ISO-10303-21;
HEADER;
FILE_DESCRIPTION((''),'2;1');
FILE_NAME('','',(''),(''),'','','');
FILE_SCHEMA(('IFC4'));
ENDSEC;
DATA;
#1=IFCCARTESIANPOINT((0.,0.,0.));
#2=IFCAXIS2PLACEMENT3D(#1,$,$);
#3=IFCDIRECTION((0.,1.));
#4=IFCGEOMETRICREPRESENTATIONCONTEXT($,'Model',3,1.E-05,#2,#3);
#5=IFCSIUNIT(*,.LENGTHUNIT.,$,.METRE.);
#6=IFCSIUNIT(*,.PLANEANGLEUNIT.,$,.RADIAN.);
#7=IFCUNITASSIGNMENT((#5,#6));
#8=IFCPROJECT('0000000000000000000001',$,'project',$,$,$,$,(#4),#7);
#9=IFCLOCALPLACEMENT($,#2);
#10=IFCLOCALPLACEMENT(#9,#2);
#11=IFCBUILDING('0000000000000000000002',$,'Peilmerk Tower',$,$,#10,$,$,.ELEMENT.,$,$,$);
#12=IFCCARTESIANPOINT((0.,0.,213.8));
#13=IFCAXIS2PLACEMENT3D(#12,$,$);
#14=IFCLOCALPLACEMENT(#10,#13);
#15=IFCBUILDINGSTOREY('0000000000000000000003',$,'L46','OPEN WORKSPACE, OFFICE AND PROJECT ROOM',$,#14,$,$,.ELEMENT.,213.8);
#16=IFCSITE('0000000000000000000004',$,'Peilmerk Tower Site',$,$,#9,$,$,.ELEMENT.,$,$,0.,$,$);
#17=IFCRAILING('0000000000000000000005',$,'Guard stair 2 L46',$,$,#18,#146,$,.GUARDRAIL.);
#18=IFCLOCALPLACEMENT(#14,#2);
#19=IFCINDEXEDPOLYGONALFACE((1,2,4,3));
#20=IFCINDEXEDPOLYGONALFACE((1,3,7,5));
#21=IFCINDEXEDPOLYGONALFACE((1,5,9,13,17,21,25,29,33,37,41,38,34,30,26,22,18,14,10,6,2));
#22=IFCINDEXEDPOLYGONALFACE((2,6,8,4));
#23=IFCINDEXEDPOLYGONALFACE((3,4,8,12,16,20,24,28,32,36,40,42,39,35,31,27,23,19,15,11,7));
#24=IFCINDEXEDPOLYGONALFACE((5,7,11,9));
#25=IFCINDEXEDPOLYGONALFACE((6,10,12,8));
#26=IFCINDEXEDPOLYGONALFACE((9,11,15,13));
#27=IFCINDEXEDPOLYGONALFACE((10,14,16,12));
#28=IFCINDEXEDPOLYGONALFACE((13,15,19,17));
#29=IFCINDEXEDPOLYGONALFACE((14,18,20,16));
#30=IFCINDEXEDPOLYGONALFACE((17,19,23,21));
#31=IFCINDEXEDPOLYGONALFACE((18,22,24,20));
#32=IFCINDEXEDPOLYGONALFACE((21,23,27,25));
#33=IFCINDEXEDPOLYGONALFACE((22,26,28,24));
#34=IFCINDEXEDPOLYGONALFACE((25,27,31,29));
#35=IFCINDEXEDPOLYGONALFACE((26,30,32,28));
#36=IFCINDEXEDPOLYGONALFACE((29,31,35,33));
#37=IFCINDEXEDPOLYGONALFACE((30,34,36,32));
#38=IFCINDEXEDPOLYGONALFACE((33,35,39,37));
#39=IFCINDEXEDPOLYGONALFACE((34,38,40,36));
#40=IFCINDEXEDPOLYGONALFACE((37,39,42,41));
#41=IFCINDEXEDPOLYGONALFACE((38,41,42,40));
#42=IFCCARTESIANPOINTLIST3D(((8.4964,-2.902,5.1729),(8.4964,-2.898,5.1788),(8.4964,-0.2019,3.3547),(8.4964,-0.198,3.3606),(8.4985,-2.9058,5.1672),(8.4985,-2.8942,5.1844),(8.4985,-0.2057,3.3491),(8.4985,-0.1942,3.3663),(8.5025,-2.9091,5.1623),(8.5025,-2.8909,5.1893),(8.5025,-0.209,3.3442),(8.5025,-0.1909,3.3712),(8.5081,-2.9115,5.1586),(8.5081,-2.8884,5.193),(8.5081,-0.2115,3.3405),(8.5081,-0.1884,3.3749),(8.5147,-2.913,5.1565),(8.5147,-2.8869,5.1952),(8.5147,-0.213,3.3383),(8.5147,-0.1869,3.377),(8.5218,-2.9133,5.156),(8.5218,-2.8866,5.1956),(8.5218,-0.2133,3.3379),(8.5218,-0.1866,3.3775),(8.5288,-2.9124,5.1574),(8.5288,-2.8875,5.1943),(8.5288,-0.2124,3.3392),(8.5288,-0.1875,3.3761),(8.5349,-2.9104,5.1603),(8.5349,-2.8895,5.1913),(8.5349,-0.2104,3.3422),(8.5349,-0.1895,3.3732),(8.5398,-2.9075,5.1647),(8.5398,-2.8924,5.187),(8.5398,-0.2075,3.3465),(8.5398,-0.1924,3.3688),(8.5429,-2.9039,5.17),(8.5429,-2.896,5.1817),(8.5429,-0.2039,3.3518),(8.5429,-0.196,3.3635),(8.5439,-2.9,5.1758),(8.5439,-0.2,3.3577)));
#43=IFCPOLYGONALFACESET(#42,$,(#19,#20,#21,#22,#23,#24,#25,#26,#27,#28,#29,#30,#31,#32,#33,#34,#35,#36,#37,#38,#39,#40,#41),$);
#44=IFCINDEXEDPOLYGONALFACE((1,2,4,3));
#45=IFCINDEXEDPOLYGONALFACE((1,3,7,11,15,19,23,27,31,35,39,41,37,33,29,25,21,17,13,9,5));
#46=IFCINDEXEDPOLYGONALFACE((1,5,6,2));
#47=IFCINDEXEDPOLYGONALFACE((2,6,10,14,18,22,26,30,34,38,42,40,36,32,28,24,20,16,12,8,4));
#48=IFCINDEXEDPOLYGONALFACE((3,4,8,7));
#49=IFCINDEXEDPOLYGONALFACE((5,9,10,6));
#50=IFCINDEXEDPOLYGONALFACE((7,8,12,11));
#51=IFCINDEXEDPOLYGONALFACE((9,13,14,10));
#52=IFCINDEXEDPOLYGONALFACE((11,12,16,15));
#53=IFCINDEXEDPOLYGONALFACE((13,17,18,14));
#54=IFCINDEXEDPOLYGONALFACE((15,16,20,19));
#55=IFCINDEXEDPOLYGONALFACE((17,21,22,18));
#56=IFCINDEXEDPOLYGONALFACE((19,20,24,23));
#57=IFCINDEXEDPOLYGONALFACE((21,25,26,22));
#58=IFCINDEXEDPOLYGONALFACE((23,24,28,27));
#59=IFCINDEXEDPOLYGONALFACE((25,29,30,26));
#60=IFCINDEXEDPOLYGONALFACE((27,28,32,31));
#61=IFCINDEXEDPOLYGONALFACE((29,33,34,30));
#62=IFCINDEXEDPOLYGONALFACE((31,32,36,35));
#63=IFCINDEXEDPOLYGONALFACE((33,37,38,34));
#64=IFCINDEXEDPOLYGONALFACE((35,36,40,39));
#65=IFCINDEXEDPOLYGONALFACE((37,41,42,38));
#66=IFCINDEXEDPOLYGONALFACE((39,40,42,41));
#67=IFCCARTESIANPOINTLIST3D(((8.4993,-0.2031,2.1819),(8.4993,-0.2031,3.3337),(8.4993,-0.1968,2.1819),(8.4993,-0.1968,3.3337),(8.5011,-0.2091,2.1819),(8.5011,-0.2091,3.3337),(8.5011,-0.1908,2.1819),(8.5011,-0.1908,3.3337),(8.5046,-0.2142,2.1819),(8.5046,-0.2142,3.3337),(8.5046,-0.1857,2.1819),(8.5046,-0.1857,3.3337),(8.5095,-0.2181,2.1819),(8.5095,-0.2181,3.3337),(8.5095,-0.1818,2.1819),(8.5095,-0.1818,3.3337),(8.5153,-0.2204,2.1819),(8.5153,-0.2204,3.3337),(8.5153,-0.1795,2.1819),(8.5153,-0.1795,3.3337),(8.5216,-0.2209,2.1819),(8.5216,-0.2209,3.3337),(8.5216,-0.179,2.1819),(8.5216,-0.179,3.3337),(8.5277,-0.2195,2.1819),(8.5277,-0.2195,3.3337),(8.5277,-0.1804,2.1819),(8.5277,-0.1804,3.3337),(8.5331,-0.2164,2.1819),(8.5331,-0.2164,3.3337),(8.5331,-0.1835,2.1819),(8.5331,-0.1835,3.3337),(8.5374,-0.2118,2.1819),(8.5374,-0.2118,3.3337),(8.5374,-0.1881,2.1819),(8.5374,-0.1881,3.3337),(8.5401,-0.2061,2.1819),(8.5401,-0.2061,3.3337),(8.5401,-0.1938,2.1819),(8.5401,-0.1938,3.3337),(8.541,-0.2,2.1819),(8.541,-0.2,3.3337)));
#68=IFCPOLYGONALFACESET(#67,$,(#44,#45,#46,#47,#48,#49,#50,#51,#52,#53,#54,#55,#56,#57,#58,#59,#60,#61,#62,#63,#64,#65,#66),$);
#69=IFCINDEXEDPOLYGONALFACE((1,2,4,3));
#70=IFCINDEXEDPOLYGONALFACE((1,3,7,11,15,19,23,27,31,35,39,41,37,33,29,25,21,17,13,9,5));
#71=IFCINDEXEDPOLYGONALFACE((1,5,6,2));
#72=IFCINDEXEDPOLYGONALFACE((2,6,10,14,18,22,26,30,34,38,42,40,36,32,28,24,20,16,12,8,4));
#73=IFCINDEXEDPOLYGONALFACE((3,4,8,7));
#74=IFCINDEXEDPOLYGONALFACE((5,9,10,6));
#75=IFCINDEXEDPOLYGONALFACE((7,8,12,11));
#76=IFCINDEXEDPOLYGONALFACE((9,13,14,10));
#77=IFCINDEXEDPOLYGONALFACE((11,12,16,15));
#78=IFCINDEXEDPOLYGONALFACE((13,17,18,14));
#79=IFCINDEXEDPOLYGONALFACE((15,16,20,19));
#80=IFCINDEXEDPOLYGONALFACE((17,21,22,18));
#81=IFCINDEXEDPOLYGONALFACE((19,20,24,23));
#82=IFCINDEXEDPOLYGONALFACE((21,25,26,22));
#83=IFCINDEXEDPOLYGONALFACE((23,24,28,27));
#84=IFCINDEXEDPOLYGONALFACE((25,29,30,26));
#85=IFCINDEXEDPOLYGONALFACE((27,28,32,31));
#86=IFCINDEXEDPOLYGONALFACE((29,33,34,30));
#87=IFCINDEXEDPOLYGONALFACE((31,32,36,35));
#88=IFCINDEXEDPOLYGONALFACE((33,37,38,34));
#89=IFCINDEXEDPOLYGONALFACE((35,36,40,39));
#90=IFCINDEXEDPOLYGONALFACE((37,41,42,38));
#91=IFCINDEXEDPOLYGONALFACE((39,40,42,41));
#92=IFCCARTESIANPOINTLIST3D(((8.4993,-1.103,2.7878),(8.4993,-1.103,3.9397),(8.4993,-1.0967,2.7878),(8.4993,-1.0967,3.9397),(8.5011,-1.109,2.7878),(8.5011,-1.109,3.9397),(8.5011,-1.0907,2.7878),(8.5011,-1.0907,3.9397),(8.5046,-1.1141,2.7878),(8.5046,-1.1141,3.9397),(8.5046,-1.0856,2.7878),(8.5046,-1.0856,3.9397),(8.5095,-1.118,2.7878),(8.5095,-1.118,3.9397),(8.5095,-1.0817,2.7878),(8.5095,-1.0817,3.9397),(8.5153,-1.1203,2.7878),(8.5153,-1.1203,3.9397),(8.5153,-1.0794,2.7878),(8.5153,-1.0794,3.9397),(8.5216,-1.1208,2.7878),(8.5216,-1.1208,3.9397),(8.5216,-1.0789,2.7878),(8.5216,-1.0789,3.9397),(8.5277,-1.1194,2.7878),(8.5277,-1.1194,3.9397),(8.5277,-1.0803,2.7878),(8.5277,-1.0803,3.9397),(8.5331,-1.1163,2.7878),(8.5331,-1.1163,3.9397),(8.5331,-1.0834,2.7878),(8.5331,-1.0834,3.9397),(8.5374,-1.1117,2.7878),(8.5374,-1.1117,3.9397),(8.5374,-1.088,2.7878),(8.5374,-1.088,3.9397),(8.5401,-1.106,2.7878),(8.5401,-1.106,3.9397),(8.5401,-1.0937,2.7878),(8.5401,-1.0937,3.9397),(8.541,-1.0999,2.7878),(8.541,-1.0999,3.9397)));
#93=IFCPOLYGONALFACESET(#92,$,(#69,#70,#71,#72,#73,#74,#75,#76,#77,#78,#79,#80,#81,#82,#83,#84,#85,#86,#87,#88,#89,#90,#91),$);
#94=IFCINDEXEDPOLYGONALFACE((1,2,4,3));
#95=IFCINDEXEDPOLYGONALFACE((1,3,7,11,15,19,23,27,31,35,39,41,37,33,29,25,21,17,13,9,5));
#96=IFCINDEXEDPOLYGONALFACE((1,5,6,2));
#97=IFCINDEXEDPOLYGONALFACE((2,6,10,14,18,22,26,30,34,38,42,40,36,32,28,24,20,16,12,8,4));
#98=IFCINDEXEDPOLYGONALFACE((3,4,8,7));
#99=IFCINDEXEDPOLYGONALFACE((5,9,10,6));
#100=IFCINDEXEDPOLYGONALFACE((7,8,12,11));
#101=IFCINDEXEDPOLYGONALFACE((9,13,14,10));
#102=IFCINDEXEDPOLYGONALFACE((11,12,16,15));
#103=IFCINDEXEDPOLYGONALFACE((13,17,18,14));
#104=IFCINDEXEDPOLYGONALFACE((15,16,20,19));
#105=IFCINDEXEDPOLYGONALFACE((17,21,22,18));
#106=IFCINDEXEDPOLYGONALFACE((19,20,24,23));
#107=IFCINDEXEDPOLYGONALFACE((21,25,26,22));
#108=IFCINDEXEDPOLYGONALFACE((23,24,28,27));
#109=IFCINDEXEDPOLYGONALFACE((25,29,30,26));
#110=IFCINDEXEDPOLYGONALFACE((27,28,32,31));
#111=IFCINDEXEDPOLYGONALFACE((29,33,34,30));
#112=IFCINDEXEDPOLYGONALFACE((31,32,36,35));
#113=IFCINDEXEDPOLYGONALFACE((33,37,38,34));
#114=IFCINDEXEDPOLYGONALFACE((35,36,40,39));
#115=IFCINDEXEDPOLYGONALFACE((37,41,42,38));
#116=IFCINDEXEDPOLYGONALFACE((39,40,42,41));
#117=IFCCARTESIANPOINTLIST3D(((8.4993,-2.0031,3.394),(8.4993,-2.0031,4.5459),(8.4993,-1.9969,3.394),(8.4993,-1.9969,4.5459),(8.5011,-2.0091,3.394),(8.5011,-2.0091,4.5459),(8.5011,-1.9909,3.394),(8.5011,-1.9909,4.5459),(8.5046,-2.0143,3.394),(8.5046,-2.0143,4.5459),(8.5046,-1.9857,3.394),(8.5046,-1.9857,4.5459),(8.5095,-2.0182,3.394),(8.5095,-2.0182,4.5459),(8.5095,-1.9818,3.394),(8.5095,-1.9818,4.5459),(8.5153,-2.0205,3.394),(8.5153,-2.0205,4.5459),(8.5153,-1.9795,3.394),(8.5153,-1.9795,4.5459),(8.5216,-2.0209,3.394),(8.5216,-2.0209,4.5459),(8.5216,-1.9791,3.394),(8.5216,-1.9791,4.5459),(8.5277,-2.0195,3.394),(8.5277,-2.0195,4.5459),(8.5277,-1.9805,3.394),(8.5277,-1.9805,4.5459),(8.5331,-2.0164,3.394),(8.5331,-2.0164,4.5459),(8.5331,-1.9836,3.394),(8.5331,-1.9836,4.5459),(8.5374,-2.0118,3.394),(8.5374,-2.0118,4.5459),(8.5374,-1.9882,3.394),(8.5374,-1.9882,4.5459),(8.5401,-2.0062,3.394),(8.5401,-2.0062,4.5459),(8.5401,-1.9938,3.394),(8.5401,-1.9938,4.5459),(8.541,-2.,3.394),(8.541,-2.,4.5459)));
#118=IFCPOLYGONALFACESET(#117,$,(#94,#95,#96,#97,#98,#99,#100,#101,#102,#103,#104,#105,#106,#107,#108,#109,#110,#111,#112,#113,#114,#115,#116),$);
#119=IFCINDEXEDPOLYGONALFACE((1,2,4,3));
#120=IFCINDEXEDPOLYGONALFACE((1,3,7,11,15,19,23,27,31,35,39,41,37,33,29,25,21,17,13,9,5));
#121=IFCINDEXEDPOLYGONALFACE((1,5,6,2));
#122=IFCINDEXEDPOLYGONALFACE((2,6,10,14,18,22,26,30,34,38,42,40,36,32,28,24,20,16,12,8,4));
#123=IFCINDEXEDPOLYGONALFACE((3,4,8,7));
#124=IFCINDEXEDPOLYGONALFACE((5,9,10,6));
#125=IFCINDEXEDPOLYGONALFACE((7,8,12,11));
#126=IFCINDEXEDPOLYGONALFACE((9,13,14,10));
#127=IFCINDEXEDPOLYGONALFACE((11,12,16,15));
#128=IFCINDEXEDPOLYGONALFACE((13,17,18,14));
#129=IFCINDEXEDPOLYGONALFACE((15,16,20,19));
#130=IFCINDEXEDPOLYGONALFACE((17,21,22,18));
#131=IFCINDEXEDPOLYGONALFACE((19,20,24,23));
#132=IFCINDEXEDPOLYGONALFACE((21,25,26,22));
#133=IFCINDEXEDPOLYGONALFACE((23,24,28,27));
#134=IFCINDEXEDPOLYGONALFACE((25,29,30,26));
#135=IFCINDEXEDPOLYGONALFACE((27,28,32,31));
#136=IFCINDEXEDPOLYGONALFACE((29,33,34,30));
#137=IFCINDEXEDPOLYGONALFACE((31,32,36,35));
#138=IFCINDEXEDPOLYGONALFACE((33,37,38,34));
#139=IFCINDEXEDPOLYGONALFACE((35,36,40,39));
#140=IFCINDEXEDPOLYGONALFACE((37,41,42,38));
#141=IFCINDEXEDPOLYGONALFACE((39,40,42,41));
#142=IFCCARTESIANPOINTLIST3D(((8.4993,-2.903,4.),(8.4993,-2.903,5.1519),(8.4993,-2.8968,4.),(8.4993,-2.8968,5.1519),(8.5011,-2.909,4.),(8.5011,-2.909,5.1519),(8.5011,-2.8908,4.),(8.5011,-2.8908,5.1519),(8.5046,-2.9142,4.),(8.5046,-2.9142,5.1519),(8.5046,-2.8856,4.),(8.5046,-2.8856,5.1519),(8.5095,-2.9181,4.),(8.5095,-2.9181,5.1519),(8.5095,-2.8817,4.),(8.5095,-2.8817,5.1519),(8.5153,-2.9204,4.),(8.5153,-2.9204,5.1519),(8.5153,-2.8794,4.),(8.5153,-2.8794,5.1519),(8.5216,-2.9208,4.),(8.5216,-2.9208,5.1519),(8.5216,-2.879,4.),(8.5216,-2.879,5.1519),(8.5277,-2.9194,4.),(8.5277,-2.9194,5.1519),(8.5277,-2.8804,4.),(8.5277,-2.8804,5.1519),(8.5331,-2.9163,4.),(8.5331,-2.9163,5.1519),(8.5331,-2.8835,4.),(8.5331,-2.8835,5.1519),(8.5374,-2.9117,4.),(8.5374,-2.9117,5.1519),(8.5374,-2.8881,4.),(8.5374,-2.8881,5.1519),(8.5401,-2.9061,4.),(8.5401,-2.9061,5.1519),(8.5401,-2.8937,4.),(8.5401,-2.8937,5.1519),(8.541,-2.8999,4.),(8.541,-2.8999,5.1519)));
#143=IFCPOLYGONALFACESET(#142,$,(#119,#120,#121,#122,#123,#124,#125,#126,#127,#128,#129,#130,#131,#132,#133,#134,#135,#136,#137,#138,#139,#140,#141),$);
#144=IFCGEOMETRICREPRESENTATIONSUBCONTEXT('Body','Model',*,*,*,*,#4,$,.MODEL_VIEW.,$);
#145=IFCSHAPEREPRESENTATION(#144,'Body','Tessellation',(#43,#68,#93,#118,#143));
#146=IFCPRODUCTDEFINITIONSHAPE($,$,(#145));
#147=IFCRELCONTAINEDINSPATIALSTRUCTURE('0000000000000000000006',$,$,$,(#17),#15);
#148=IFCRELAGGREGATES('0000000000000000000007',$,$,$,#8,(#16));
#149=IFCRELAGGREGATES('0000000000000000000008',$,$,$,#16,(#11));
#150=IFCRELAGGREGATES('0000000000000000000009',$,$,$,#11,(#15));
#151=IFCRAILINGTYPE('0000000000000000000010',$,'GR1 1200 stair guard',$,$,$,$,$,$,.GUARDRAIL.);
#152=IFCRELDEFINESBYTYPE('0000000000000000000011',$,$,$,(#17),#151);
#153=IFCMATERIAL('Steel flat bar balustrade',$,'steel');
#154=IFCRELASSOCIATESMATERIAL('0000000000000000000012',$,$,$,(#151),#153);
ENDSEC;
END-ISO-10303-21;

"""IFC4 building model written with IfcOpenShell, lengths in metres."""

from ifc_helpers import new_model, si_unit, direction, frame, origin, origin_2d, place, context, subcontext, project, spatial, circle, extrude, material, type_object, element, save


model = new_model("IFC4")

# Units and contexts
model_context = context("Model", 3, precision=1e-05, world=origin(), true_north=direction((0.0, 1.0)))
body_context = subcontext(model_context, "Body", "Model", "MODEL_VIEW")
ifc_project = project(units=[si_unit("LENGTHUNIT", "METRE"), si_unit("PLANEANGLEUNIT", "RADIAN")], contexts=[model_context])

# Site, building, storey
site_placement = place(None, origin())
site = spatial("IfcSite", under=ifc_project, at=site_placement, Name="Peilmerk Tower Site", CompositionType="ELEMENT", RefElevation=0.0)
building_placement = place(site_placement, origin())
building = spatial("IfcBuilding", under=site, at=building_placement, Name="Peilmerk Tower", CompositionType="ELEMENT")
storey_placement = place(building_placement, frame((0.0, 0.0, 213.8)))
storey = spatial("IfcBuildingStorey", under=building, at=storey_placement, Name="L46", Description="OPEN WORKSPACE, OFFICE AND PROJECT ROOM", CompositionType="ELEMENT", Elevation=213.8)

# Railing
ifc_material_1 = material(Name="Steel flat bar balustrade", Category="steel")
railing_type_1 = type_object("IfcRailingType", Name="GR1 1200 stair guard", PredefinedType="GUARDRAIL", material=ifc_material_1)
railing_1_placement = place(storey_placement, frame((8.52, -0.2, 2.1819)))
element("IfcRailing", 1, at=railing_1_placement, inside=storey, type_object=railing_type_1, Name="Guard stair 2 L46", PredefinedType="GUARDRAIL", context=body_context, shape_type="SweptSolid", body=[
    extrude(circle(Radius=0.0239, at=origin_2d()), frame((0.0, 0.0, 1.1758), z_axis=(0.0, -0.829468, 0.558554), x_axis=(1.0, 0.0, 0.0)), (0.0, 0.0, 1.0), 3.2551),
    extrude(circle(Radius=0.021, at=origin_2d()), origin(), (0.0, 0.0, 1.0), 1.1519),
    extrude(circle(Radius=0.021, at=origin_2d()), frame((0.0, -0.8999, 0.606)), (0.0, 0.0, 1.0), 1.1519),
    extrude(circle(Radius=0.021, at=origin_2d()), frame((0.0, -1.8, 1.2122)), (0.0, 0.0, 1.0), 1.1519),
    extrude(circle(Radius=0.021, at=origin_2d()), frame((0.0, -2.7, 1.8181)), (0.0, 0.0, 1.0), 1.1519),
])

save(model, "model.ifc")
